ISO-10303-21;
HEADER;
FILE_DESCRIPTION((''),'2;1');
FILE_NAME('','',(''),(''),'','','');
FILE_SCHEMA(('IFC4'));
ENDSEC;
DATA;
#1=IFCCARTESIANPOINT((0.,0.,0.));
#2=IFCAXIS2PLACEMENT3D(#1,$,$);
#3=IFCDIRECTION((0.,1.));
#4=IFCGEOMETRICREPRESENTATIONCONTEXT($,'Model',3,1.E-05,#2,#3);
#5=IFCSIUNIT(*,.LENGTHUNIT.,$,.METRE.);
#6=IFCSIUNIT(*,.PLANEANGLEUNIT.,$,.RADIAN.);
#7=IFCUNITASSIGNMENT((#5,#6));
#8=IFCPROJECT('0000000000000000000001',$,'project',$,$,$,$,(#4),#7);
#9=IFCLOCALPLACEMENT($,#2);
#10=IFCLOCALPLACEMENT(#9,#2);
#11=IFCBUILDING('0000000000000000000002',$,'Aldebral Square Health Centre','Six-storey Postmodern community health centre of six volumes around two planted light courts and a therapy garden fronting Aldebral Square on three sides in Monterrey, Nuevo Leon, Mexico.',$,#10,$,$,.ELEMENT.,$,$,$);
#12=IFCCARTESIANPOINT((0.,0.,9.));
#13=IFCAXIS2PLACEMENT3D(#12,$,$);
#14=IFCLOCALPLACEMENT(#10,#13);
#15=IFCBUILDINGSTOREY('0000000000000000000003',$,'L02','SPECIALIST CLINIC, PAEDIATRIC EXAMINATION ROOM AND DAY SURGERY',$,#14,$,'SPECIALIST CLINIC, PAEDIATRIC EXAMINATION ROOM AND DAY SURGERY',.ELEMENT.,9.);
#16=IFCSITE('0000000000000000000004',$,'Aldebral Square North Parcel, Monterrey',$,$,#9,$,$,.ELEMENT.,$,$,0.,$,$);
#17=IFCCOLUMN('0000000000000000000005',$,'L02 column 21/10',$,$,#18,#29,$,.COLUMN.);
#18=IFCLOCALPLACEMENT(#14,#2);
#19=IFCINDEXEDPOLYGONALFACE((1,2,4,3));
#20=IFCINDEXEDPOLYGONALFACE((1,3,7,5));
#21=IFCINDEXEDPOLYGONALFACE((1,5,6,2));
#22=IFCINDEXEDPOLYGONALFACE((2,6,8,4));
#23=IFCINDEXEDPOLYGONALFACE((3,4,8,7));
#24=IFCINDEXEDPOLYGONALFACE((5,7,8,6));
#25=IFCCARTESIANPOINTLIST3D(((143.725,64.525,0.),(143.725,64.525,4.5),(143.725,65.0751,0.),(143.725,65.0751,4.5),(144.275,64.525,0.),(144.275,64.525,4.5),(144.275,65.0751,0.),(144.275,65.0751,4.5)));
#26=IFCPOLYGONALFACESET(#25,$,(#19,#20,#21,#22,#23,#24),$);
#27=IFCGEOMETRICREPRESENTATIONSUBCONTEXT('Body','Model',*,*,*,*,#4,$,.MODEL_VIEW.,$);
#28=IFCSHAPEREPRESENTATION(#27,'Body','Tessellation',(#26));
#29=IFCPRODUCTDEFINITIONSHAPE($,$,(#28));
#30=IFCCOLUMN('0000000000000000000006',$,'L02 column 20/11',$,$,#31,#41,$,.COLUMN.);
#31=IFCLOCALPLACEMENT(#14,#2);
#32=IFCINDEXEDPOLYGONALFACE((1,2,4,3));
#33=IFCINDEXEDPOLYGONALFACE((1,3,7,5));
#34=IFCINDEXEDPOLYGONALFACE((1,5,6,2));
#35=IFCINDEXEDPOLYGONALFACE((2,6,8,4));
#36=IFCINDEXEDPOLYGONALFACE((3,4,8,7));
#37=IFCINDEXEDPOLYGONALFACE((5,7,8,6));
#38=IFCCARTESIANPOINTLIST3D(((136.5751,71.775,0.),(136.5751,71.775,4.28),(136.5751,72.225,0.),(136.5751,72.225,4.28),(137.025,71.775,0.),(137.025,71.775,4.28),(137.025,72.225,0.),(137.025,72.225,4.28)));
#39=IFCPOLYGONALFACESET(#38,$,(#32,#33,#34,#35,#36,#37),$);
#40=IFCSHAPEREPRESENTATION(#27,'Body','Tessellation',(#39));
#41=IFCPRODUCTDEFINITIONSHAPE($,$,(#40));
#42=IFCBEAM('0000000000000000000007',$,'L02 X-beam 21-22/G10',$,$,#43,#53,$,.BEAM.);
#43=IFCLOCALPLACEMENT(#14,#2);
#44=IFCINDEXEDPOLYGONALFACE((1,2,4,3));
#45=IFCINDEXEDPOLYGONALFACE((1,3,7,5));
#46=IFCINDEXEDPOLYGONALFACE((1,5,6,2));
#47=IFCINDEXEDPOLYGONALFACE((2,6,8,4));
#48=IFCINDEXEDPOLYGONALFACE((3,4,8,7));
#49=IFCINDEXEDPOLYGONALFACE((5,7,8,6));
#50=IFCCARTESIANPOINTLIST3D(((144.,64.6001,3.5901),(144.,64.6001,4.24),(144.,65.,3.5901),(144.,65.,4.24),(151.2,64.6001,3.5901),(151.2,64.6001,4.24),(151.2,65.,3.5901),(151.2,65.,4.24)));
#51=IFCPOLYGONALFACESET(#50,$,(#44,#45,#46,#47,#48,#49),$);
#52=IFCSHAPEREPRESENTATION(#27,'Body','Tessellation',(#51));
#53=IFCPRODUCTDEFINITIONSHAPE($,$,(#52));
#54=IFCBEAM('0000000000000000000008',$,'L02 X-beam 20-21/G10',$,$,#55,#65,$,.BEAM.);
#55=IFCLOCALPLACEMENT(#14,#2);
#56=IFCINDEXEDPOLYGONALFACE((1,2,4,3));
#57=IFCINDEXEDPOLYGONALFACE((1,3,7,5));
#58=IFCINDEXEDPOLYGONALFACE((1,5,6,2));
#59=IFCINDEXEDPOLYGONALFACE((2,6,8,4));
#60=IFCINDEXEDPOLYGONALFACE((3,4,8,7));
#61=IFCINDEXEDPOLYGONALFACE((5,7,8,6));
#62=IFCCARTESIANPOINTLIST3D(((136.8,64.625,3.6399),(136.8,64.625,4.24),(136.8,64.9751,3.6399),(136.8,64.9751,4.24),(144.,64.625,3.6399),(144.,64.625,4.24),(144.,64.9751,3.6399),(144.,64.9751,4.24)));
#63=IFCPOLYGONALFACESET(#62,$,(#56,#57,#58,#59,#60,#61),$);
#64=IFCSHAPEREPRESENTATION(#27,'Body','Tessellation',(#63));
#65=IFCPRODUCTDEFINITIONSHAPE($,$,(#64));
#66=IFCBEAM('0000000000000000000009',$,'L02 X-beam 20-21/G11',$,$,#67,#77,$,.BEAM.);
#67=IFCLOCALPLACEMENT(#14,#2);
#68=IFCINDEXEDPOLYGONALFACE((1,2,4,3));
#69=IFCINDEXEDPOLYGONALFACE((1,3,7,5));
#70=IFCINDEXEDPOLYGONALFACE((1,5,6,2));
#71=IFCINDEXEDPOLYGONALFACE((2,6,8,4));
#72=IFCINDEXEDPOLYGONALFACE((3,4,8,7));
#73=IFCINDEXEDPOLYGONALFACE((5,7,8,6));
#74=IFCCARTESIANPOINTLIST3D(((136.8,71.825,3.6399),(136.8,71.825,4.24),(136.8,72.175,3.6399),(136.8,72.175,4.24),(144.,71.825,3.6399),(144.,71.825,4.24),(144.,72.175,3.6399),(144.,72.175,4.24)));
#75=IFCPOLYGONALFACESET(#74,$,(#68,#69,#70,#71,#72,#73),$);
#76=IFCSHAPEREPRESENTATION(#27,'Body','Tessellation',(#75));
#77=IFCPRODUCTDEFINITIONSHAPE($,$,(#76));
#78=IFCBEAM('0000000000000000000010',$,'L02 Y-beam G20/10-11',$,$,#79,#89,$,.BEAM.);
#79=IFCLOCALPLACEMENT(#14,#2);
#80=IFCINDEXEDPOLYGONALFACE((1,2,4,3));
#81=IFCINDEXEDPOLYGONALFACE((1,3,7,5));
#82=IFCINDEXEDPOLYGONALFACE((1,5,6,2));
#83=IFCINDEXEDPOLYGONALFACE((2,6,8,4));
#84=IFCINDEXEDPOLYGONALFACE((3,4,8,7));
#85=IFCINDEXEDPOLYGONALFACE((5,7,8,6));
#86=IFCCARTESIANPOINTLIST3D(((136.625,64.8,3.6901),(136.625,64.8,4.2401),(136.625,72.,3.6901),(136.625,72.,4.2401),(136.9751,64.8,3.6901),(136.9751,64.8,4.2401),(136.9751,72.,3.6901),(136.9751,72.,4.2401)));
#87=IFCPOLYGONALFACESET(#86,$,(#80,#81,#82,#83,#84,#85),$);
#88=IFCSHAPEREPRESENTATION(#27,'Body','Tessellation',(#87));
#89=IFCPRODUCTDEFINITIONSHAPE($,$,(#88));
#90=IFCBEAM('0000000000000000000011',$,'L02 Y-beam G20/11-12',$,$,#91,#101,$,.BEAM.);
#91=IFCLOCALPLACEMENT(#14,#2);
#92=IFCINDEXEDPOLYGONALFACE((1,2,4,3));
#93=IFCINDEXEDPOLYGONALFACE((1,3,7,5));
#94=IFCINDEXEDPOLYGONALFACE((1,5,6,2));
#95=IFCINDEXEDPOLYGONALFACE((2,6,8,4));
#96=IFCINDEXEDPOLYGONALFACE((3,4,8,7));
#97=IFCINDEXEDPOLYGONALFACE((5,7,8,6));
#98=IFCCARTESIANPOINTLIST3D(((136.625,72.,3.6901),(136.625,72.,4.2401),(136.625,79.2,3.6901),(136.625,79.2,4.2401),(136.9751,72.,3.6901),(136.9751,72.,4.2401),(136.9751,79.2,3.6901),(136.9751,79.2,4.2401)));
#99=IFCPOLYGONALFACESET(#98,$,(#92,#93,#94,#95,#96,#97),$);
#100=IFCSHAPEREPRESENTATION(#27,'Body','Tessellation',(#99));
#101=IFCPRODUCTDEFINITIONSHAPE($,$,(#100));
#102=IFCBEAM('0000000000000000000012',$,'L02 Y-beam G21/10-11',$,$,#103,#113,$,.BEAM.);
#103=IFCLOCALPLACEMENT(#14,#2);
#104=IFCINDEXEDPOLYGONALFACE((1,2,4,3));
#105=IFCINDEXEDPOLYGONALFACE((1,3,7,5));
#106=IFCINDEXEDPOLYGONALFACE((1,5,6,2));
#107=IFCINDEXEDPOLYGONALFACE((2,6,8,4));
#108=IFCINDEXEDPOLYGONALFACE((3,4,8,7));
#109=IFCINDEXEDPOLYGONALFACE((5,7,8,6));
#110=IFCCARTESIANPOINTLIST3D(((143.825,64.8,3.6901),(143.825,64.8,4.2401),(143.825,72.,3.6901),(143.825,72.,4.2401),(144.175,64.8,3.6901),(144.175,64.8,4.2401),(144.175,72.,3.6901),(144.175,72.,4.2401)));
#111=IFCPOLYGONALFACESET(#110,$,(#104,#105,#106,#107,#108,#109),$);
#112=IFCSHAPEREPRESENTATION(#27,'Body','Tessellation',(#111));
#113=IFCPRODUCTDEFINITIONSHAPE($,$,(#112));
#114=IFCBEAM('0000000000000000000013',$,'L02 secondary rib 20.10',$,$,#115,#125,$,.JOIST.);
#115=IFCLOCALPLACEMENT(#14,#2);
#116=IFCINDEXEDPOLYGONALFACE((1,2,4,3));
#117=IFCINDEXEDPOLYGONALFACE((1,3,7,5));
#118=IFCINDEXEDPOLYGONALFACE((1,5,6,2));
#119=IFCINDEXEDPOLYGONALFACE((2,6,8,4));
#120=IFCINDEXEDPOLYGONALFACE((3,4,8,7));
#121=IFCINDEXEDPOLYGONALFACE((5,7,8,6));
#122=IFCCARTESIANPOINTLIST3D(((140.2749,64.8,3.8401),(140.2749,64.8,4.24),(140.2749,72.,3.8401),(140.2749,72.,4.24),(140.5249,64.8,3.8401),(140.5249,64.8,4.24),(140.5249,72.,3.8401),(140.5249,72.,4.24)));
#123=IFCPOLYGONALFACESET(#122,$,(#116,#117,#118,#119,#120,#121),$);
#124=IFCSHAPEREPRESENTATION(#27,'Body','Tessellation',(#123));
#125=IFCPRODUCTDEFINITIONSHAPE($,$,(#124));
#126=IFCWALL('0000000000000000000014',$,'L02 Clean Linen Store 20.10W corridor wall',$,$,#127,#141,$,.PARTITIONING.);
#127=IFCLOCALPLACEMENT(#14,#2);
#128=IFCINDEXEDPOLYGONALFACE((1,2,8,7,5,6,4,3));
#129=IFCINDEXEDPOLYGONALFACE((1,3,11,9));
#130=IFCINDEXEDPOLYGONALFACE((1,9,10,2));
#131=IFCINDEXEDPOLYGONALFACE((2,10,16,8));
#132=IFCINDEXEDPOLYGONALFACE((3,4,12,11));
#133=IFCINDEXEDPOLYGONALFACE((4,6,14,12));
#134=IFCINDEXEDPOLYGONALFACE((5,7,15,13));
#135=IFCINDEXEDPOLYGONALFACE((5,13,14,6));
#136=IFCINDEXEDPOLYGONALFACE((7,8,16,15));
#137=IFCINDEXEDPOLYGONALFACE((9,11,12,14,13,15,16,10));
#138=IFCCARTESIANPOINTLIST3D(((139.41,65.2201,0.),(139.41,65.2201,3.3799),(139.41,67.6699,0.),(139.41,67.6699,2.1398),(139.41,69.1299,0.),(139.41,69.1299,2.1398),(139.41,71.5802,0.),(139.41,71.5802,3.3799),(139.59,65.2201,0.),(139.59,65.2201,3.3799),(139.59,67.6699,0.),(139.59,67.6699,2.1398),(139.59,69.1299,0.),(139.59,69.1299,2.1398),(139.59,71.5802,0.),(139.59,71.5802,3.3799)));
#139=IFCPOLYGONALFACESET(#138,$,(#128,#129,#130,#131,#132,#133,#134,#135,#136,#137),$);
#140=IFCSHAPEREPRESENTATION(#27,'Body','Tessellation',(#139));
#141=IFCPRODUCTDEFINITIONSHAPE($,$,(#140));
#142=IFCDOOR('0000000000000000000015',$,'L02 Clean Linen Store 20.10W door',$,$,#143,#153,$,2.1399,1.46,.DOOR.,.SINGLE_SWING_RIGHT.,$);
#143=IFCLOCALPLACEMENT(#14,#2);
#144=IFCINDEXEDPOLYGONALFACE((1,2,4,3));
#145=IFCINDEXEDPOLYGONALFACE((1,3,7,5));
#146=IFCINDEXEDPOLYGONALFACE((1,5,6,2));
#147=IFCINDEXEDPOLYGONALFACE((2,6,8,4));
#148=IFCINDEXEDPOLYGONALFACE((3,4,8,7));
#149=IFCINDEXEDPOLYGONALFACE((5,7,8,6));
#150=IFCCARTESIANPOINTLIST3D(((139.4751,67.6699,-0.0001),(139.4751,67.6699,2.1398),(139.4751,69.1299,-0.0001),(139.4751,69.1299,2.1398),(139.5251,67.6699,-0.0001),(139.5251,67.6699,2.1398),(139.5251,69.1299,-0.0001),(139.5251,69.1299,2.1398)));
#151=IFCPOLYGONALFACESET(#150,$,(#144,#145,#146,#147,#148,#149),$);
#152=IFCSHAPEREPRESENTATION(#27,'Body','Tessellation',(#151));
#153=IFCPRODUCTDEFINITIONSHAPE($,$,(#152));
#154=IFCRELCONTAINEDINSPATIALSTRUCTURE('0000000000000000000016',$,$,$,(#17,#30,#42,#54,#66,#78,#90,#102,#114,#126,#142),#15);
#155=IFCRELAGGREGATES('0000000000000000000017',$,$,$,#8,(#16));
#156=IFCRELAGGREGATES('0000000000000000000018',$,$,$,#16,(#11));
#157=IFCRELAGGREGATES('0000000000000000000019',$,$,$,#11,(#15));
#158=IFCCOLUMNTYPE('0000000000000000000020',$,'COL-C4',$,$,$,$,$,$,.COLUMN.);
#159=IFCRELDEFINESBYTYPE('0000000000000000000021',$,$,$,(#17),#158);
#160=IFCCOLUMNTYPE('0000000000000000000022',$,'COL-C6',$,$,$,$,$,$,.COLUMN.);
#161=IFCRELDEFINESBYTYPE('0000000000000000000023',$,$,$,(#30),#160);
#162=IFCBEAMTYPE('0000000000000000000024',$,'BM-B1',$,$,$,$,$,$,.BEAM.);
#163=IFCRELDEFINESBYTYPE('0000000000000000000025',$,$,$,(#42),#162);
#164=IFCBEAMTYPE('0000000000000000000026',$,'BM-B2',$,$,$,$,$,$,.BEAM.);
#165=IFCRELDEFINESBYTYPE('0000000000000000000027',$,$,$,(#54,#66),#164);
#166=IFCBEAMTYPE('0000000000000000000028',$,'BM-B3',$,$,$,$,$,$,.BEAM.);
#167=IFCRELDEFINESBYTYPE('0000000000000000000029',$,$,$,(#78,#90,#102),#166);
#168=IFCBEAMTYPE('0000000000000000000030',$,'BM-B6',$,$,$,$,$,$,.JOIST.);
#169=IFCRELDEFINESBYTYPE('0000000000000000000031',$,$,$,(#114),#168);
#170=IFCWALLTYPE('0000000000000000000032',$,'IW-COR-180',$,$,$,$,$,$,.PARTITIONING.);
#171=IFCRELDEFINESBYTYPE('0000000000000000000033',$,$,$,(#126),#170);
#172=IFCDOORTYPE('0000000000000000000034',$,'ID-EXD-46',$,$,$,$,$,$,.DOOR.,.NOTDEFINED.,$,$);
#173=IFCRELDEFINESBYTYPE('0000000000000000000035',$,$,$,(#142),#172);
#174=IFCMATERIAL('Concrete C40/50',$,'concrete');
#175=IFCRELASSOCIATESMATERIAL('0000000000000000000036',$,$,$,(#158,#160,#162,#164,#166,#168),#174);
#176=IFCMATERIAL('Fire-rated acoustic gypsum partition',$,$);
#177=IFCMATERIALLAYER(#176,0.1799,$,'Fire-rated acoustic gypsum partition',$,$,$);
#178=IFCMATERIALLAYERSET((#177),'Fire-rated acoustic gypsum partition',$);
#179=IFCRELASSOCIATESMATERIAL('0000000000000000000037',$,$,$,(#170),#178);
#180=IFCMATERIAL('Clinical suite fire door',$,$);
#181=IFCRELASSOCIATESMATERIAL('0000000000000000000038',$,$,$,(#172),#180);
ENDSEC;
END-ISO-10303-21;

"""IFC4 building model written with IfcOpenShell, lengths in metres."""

from ifc_helpers import new_model, si_unit, direction, frame, frame_2d, origin, origin_2d, place, context, subcontext, project, spatial, rectangle, extrude, material, layer, layer_set, material_profile, profile_set, type_object, element, fill, save


model = new_model("IFC4")

# Units and contexts
model_context = context("Model", 3, precision=1e-05, world=origin(), true_north=direction((0.0, 1.0)))
body_context = subcontext(model_context, "Body", "Model", "MODEL_VIEW")
ifc_project = project(units=[si_unit("LENGTHUNIT", "METRE"), si_unit("PLANEANGLEUNIT", "RADIAN")], contexts=[model_context])

# Site, building, storey
site_placement = place(None, origin())
site = spatial("IfcSite", under=ifc_project, at=site_placement, Name="Aldebral Square North Parcel, Monterrey", CompositionType="ELEMENT", RefElevation=0.0)
building_placement = place(site_placement, origin())
building = spatial("IfcBuilding", under=site, at=building_placement, Name="Aldebral Square Health Centre", Description="Six-storey Postmodern community health centre of six volumes around two planted light courts and a therapy garden fronting Aldebral Square on three sides in Monterrey, Nuevo Leon, Mexico.", CompositionType="ELEMENT")
storey_placement = place(building_placement, frame((0.0, 0.0, 9.0)))
storey = spatial("IfcBuildingStorey", under=building, at=storey_placement, Name="L02", Description="SPECIALIST CLINIC, PAEDIATRIC EXAMINATION ROOM AND DAY SURGERY", LongName="SPECIALIST CLINIC, PAEDIATRIC EXAMINATION ROOM AND DAY SURGERY", CompositionType="ELEMENT", Elevation=9.0)

# Columns
ifc_material_1 = material(Name="Concrete C40/50", Category="concrete")
ifc_material_profile_1 = material_profile(ifc_material_1, rectangle(XDim=0.55, YDim=0.55, at=origin_2d()), Name="RC 550x550")
ifc_profile_set_1 = profile_set([ifc_material_profile_1], Name="Concrete C40/50")
column_type_1 = type_object("IfcColumnType", Name="COL-C4", PredefinedType="COLUMN", material=ifc_profile_set_1)
column_1_placement = place(storey_placement, frame((144.0, 64.8, 0.0), z_axis=(0.0, 0.0, 1.0), x_axis=(1.0, 0.0, 0.0)))
element("IfcColumn", 1, at=column_1_placement, inside=storey, type_object=column_type_1, Name="L02 column 21/10", PredefinedType="COLUMN", context=body_context, shape_type="SweptSolid", body=[
    extrude(rectangle(XDim=0.55, YDim=0.55, at=origin_2d()), origin(), (0.0, 0.0, 1.0), 4.5),
])
ifc_material_profile_2 = material_profile(ifc_material_1, rectangle(XDim=0.45, YDim=0.45, at=origin_2d()), Name="RC 450x450")
ifc_profile_set_2 = profile_set([ifc_material_profile_2], Name="Concrete C40/50")
column_type_2 = type_object("IfcColumnType", Name="COL-C6", PredefinedType="COLUMN", material=ifc_profile_set_2)
column_2_placement = place(storey_placement, frame((136.8, 72.0, 0.0), z_axis=(0.0, 0.0, 1.0), x_axis=(1.0, 0.0, 0.0)))
element("IfcColumn", 2, at=column_2_placement, inside=storey, type_object=column_type_2, Name="L02 column 20/11", PredefinedType="COLUMN", context=body_context, shape_type="SweptSolid", body=[
    extrude(rectangle(XDim=0.45, YDim=0.45, at=origin_2d()), origin(), (0.0, 0.0, 1.0), 4.28),
])

# Beams
ifc_material_profile_3 = material_profile(ifc_material_1, rectangle(XDim=0.3999, YDim=0.6499, at=origin_2d()), Name="RC 400x650")
ifc_profile_set_3 = profile_set([ifc_material_profile_3], Name="Concrete C40/50")
beam_type_1 = type_object("IfcBeamType", Name="BM-B1", PredefinedType="BEAM", material=ifc_profile_set_3)
beam_1_placement = place(storey_placement, frame((144.0, 64.8, 3.915), z_axis=(1.0, 0.0, 0.0), x_axis=(0.0, 1.0, 0.0)))
element("IfcBeam", 3, at=beam_1_placement, inside=storey, type_object=beam_type_1, Name="L02 X-beam 21-22/G10", PredefinedType="BEAM", context=body_context, shape_type="SweptSolid", body=[
    extrude(rectangle(XDim=0.3999, YDim=0.6499, at=origin_2d()), origin(), (0.0, 0.0, 1.0), 7.2),
])
ifc_material_profile_4 = material_profile(ifc_material_1, rectangle(XDim=0.3501, YDim=0.6001, at=origin_2d()), Name="RC 350x600")
ifc_profile_set_4 = profile_set([ifc_material_profile_4], Name="Concrete C40/50")
beam_type_2 = type_object("IfcBeamType", Name="BM-B2", PredefinedType="BEAM", material=ifc_profile_set_4)
for number, where, z_axis, x_axis, name in (
    (4, (136.8, 64.8, 3.9399), (1.0, 0.0, 0.0), (0.0, 1.0, 0.0), "L02 X-beam 20-21/G10"),
    (5, (136.8, 72.0, 3.9399), (1.0, 0.0, 0.0), (0.0, 1.0, 0.0), "L02 X-beam 20-21/G11"),
):
    element("IfcBeam", number, at=place(storey_placement, frame(where, z_axis=z_axis, x_axis=x_axis)), inside=storey, type_object=beam_type_2, Name=name, PredefinedType="BEAM", context=body_context, shape_type="SweptSolid", body=[
        extrude(rectangle(XDim=0.3501, YDim=0.6001, at=origin_2d()), origin(), (0.0, 0.0, 1.0), 7.2),
    ])
ifc_material_profile_5 = material_profile(ifc_material_1, rectangle(XDim=0.3501, YDim=0.55, at=origin_2d()), Name="RC 350x550")
ifc_profile_set_5 = profile_set([ifc_material_profile_5], Name="Concrete C40/50")
beam_type_3 = type_object("IfcBeamType", Name="BM-B3", PredefinedType="BEAM", material=ifc_profile_set_5)
for number, where, z_axis, x_axis, name in (
    (6, (136.8, 64.8, 3.9651), (0.0, 1.0, 0.0), (-1.0, 0.0, 0.0), "L02 Y-beam G20/10-11"),
    (7, (136.8, 72.0, 3.9651), (0.0, 1.0, 0.0), (-1.0, 0.0, 0.0), "L02 Y-beam G20/11-12"),
    (8, (144.0, 64.8, 3.9651), (0.0, 1.0, 0.0), (-1.0, 0.0, 0.0), "L02 Y-beam G21/10-11"),
):
    element("IfcBeam", number, at=place(storey_placement, frame(where, z_axis=z_axis, x_axis=x_axis)), inside=storey, type_object=beam_type_3, Name=name, PredefinedType="BEAM", context=body_context, shape_type="SweptSolid", body=[
        extrude(rectangle(XDim=0.3501, YDim=0.55, at=origin_2d()), origin(), (0.0, 0.0, 1.0), 7.2),
    ])
ifc_material_profile_6 = material_profile(ifc_material_1, rectangle(XDim=0.25, YDim=0.3999, at=origin_2d()), Name="RC 250x400")
ifc_profile_set_6 = profile_set([ifc_material_profile_6], Name="Concrete C40/50")
beam_type_4 = type_object("IfcBeamType", Name="BM-B6", PredefinedType="JOIST", material=ifc_profile_set_6)
beam_2_placement = place(storey_placement, frame((140.3999, 64.8, 4.04), z_axis=(0.0, 1.0, 0.0), x_axis=(-1.0, 0.0, 0.0)))
element("IfcBeam", 9, at=beam_2_placement, inside=storey, type_object=beam_type_4, Name="L02 secondary rib 20.10", PredefinedType="JOIST", context=body_context, shape_type="SweptSolid", body=[
    extrude(rectangle(XDim=0.25, YDim=0.3999, at=origin_2d()), origin(), (0.0, 0.0, 1.0), 7.2),
])

# Wall, opening, door
ifc_material_2 = material(Name="Fire-rated acoustic gypsum partition")
ifc_layer_1 = layer(ifc_material_2, 0.1799, Name="Fire-rated acoustic gypsum partition")
ifc_layer_set_1 = layer_set([ifc_layer_1], Name="Fire-rated acoustic gypsum partition")
wall_type_1 = type_object("IfcWallType", Name="IW-COR-180", PredefinedType="PARTITIONING", material=ifc_layer_set_1)
wall_1_placement = place(storey_placement, frame((139.5, 65.22, 0.0), z_axis=(0.0, 0.0, 1.0), x_axis=(0.0, 1.0, 0.0)))
wall_1 = element("IfcWall", 10, at=wall_1_placement, inside=storey, type_object=wall_type_1, Name="L02 Clean Linen Store 20.10W corridor wall", PredefinedType="PARTITIONING", context=body_context, shape_type="SweptSolid", body=[
    extrude(rectangle(XDim=6.3601, YDim=0.1799, at=frame_2d((3.1802, 0.0))), origin(), (0.0, 0.0, 1.0), 3.3799),
])
opening_1_placement = place(wall_1_placement, frame((2.45, 0.0, 0.0)))
opening_1 = element("IfcOpeningElement", 11, at=opening_1_placement, cuts=wall_1, PredefinedType="OPENING", context=body_context, shape_type="SweptSolid", body=[
    extrude(rectangle(XDim=1.46, YDim=2.1399, at=frame_2d((0.73, 1.0698))), frame((0.0, 0.1001, 0.0), z_axis=(0.0, -1.0, 0.0), x_axis=(1.0, 0.0, 0.0)), (0.0, 0.0, 1.0), 0.2),
])
ifc_material_3 = material(Name="Clinical suite fire door")
door_type_1 = type_object("IfcDoorType", Name="ID-EXD-46", OperationType="NOTDEFINED", PredefinedType="DOOR", material=ifc_material_3)
door_1_placement = place(opening_1_placement, origin())
door_1 = element("IfcDoor", 12, at=door_1_placement, inside=storey, type_object=door_type_1, Name="L02 Clean Linen Store 20.10W door", OperationType="SINGLE_SWING_RIGHT", OverallHeight=2.1399, OverallWidth=1.46, PredefinedType="DOOR", context=body_context, shape_type="SweptSolid", body=[
    extrude(rectangle(XDim=1.46, YDim=2.1399, at=frame_2d((0.73, 1.0698))), frame((0.0, 0.0249, 0.0), z_axis=(0.0, -1.0, 0.0), x_axis=(1.0, 0.0, 0.0)), (0.0, 0.0, 1.0), 0.05),
])
fill(opening_1, door_1)

save(model, "model.ifc")
